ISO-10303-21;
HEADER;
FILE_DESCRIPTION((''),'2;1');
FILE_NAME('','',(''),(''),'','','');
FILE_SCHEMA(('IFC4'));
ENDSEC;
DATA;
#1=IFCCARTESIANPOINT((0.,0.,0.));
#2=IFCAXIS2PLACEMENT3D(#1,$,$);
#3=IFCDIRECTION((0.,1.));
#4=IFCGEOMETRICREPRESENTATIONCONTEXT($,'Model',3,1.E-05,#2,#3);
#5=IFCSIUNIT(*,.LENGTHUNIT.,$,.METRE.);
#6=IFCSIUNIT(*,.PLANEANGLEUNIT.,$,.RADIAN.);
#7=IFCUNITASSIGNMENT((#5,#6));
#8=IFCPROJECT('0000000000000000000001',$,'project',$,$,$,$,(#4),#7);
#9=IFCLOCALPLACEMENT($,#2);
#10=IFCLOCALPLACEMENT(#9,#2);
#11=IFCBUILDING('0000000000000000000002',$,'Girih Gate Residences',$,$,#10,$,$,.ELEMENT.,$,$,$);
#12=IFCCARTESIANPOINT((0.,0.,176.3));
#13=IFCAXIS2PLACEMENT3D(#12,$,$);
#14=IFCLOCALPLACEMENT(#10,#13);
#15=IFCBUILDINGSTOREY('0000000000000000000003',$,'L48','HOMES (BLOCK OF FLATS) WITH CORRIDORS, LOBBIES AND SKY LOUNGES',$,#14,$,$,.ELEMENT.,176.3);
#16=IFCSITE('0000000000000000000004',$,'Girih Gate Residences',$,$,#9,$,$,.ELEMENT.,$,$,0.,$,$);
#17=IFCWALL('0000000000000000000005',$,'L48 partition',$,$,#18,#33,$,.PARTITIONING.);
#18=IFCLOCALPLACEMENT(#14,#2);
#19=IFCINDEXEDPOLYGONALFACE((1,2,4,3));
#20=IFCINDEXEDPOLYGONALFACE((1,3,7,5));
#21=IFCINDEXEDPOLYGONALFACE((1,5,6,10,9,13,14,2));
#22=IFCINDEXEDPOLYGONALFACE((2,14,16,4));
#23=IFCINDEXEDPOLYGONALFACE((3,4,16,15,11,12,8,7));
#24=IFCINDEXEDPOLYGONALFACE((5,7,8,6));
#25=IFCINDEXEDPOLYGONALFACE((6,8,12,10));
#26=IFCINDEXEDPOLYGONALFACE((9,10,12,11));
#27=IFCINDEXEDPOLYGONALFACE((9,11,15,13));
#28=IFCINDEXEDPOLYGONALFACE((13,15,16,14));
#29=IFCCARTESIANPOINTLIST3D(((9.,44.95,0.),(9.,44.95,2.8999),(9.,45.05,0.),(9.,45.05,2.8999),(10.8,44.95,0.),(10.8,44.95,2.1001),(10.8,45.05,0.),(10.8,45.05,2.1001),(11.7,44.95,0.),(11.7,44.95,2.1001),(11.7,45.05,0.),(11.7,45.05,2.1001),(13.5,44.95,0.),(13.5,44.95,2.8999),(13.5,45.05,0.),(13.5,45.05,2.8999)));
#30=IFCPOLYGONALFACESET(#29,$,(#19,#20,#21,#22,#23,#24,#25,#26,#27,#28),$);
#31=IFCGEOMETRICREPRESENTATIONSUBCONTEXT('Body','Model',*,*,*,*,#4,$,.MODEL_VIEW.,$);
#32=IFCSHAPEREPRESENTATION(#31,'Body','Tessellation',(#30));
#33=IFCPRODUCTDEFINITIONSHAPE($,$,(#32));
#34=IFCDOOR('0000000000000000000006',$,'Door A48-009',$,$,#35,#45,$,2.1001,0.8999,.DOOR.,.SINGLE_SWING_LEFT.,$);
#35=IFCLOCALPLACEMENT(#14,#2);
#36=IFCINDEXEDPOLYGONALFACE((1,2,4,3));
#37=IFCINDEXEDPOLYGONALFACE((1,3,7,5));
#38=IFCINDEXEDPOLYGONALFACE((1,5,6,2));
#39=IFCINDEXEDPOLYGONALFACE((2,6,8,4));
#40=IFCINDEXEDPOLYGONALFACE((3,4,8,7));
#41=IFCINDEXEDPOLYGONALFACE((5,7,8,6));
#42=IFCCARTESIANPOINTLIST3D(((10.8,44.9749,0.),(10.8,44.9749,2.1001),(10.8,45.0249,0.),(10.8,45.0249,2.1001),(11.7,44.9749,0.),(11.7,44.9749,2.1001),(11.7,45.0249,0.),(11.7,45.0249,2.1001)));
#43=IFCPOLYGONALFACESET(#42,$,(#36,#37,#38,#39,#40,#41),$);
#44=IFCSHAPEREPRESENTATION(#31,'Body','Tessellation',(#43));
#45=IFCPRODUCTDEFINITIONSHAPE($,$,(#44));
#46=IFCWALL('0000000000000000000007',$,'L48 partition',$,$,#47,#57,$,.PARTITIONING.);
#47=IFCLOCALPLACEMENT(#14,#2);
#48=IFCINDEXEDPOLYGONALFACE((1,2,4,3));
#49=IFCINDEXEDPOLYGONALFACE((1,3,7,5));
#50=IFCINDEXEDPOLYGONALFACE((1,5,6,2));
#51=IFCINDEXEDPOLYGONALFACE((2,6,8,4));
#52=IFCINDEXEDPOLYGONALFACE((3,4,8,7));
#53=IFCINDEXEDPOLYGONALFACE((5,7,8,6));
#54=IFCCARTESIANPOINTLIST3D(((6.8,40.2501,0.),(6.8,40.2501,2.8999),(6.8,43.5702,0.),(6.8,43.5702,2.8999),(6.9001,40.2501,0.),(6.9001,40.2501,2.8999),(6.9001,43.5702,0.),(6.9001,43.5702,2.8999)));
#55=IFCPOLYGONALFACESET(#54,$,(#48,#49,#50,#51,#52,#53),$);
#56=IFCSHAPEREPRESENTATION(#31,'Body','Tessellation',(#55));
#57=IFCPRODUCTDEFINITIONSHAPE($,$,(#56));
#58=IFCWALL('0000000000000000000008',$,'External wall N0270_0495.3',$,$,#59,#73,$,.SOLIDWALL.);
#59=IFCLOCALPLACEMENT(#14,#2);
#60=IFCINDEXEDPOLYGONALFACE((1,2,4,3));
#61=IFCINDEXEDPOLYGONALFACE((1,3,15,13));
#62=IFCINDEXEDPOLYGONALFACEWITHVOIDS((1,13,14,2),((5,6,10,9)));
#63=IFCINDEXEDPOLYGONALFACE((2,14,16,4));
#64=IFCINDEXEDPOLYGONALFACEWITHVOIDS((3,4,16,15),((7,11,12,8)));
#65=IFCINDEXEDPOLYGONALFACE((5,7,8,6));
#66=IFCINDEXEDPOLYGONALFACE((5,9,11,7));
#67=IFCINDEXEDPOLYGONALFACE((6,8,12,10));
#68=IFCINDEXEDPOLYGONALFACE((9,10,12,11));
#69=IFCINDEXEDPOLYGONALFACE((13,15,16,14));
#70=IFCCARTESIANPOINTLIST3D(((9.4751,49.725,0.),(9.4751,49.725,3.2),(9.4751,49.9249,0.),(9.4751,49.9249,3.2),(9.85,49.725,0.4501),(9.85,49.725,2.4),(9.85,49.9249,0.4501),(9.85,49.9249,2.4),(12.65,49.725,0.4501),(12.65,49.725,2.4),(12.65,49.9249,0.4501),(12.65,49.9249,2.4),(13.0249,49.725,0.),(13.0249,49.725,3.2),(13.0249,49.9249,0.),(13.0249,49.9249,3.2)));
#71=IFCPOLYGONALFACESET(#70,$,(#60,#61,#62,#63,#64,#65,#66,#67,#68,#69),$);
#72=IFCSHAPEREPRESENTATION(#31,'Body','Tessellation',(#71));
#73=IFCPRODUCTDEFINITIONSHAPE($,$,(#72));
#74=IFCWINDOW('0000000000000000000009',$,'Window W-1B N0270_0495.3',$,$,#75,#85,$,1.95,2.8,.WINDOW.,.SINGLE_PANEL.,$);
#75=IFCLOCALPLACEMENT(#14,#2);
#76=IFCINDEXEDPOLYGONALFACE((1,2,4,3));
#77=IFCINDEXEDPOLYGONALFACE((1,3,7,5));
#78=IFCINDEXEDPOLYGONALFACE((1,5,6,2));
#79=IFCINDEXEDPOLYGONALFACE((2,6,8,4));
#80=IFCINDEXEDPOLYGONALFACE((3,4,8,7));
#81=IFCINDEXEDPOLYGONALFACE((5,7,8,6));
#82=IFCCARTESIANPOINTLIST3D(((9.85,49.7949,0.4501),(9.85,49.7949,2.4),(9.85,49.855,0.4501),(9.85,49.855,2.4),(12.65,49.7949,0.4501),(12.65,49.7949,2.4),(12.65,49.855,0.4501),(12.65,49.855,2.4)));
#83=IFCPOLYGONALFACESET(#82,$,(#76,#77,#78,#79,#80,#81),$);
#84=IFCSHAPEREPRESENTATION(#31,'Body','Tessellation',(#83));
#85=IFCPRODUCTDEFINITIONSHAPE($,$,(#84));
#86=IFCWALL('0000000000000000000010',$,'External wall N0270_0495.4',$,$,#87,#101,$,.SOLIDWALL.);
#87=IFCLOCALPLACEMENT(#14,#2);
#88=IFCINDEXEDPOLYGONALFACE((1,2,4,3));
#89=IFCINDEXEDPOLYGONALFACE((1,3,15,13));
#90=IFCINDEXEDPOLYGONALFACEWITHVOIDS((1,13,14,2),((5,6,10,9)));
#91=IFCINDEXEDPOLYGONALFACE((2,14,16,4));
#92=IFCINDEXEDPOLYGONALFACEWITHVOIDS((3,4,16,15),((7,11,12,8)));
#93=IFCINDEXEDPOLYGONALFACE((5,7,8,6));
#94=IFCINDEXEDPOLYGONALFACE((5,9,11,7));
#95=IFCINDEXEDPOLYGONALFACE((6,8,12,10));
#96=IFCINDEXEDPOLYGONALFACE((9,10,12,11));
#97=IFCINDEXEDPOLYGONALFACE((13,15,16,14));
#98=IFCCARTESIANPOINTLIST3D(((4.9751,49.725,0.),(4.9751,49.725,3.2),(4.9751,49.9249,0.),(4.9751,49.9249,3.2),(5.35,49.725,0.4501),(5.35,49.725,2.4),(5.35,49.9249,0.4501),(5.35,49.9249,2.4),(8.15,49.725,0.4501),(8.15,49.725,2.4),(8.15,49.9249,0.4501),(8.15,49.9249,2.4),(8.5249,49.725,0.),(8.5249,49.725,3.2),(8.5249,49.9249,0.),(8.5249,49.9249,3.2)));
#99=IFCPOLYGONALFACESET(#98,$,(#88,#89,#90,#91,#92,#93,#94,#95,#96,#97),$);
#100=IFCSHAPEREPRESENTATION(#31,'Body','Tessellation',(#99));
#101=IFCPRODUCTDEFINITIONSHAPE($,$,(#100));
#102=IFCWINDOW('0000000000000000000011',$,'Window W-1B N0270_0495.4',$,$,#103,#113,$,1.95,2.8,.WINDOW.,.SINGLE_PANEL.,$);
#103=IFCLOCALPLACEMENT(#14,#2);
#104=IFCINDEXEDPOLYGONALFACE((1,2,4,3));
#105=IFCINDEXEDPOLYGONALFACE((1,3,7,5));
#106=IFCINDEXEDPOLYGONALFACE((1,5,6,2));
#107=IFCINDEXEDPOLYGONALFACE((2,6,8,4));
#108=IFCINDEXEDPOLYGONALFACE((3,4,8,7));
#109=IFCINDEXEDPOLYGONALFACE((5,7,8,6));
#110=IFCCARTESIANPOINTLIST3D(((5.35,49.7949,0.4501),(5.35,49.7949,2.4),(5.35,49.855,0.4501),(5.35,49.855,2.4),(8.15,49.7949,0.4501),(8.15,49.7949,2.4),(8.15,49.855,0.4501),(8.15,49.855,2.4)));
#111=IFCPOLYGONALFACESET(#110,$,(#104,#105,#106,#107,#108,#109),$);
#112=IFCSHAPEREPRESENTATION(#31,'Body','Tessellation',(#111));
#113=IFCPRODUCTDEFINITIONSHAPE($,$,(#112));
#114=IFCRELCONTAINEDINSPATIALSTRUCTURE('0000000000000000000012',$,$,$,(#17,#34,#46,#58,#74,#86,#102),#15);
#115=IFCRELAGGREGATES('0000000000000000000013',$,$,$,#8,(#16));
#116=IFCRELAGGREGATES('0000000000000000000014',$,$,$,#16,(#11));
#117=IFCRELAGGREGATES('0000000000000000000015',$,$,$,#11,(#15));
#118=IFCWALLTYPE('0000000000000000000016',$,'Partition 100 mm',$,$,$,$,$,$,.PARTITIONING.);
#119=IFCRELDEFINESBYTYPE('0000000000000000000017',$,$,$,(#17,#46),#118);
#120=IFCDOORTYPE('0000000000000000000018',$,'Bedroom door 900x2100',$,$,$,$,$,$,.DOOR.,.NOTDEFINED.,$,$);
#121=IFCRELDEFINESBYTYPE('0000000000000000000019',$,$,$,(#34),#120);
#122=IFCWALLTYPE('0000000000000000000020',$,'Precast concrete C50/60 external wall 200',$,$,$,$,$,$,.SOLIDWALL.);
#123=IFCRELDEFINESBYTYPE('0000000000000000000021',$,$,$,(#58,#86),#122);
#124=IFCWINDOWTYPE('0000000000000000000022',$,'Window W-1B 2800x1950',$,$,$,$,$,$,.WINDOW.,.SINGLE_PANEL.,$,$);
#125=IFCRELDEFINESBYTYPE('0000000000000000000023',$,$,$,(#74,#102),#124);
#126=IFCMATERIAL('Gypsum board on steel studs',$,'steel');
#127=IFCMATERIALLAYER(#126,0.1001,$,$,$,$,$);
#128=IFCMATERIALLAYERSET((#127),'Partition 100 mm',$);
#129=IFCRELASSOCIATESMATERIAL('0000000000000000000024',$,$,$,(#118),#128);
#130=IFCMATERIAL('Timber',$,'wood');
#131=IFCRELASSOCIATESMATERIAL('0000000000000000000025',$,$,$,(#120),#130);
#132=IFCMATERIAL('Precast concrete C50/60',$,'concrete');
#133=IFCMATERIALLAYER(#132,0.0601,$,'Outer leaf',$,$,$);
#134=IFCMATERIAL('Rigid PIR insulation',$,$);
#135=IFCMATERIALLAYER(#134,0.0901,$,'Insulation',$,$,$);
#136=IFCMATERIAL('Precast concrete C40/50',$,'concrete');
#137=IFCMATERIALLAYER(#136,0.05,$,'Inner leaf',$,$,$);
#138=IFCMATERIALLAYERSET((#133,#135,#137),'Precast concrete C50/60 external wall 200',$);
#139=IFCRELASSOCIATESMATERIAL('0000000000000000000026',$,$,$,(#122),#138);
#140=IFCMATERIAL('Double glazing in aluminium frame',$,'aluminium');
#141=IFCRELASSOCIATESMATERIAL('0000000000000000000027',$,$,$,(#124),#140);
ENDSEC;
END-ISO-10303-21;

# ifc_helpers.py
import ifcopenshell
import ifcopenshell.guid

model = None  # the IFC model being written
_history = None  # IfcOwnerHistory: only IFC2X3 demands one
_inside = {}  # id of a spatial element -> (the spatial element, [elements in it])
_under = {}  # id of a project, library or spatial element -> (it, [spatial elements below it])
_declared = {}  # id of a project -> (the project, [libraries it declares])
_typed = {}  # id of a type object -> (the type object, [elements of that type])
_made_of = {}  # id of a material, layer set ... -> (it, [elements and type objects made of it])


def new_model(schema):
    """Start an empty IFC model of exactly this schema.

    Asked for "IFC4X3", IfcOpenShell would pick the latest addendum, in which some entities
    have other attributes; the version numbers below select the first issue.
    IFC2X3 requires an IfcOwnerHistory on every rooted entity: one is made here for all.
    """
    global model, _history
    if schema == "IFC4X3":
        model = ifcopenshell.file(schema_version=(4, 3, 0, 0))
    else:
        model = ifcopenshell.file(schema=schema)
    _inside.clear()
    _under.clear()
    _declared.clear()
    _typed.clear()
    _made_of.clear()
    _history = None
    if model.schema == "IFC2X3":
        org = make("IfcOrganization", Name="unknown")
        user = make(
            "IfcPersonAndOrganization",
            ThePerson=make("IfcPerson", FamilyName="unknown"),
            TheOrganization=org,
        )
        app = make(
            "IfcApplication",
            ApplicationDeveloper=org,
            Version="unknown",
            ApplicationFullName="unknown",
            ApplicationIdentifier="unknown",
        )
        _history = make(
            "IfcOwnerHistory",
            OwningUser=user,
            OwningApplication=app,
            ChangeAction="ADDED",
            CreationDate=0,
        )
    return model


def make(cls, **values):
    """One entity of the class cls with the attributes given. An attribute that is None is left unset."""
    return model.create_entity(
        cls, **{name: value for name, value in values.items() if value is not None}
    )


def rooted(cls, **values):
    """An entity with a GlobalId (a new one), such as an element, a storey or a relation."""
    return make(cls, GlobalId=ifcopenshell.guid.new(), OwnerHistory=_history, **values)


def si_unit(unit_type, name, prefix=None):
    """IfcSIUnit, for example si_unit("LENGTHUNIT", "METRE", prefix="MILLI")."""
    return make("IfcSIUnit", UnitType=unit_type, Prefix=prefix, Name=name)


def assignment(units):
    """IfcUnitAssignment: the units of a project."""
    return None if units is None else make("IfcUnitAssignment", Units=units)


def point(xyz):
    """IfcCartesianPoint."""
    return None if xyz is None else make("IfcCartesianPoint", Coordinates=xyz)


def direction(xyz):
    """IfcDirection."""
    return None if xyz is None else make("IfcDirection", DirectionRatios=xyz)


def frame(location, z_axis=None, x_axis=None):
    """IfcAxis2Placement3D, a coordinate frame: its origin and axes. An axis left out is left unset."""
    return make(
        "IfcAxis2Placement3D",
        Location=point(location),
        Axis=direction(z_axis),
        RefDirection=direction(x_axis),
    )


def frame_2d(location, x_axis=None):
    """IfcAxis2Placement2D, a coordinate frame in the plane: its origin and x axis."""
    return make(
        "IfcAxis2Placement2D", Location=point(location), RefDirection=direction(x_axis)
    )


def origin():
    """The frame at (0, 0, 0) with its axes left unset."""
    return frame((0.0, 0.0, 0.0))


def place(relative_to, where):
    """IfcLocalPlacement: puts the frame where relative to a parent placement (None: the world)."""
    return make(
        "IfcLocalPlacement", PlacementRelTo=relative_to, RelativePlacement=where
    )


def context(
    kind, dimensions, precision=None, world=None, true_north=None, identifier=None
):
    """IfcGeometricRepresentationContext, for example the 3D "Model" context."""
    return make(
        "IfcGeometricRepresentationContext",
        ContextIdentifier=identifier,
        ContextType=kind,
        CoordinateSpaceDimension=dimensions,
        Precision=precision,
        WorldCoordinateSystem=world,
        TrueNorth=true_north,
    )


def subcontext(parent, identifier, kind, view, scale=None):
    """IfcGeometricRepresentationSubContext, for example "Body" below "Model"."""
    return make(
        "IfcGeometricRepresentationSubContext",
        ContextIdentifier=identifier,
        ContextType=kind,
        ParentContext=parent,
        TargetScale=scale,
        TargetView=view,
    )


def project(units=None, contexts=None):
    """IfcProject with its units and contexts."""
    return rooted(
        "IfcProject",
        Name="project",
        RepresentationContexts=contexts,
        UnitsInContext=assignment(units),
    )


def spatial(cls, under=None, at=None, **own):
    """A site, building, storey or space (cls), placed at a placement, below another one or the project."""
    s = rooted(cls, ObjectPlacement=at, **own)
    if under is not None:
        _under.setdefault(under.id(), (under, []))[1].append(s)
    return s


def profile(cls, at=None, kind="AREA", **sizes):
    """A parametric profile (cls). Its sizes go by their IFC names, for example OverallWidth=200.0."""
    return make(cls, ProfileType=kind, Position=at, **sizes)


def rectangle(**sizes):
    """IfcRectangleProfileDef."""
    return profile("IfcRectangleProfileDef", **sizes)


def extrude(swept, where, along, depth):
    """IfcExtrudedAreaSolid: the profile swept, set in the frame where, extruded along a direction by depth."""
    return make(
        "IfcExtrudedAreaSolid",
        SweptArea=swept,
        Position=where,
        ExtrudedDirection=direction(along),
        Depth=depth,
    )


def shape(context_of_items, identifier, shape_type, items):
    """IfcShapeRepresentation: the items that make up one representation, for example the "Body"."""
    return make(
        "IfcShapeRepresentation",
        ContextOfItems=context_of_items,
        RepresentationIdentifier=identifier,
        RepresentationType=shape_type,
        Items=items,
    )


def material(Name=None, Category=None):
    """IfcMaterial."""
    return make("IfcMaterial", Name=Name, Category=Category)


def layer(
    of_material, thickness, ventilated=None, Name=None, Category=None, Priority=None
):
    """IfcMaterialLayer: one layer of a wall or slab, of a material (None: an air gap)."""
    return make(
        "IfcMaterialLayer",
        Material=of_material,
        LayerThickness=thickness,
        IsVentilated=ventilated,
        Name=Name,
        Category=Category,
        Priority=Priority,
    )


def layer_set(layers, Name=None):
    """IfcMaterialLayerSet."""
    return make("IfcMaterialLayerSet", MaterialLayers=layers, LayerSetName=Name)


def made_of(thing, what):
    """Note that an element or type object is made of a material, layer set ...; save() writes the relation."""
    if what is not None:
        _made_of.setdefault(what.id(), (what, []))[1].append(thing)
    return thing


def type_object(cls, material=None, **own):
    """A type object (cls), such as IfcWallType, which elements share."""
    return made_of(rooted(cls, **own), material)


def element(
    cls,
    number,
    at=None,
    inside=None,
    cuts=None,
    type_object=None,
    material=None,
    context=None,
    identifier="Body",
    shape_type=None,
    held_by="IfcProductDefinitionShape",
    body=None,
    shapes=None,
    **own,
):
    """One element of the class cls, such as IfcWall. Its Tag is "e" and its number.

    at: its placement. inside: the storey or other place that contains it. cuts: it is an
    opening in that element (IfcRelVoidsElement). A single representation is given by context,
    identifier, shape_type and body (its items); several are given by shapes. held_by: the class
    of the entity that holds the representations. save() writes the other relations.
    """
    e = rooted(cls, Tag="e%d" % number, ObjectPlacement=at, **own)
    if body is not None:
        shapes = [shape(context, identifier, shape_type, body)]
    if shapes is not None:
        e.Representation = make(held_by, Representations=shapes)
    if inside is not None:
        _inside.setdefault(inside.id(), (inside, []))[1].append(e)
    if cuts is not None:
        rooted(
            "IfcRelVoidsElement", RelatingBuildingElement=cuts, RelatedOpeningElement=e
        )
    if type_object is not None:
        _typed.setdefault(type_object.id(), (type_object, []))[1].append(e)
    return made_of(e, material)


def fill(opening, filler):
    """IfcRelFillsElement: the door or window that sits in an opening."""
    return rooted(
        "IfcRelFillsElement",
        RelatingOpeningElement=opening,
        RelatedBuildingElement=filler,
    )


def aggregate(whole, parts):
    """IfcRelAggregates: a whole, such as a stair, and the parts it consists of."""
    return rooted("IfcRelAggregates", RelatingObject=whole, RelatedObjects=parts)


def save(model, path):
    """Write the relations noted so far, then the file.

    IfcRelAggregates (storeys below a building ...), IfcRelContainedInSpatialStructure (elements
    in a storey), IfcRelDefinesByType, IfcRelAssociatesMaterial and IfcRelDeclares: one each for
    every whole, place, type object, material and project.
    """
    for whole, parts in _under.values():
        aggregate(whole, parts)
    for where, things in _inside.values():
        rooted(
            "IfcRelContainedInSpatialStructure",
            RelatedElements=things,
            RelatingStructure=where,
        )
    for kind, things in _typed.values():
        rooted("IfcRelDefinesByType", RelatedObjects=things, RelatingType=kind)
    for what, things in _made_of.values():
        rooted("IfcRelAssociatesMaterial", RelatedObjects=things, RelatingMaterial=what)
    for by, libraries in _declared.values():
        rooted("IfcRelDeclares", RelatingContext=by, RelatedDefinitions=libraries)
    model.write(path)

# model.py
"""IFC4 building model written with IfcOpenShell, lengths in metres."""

from ifc_helpers import new_model, si_unit, direction, frame, frame_2d, origin, place, context, subcontext, project, spatial, rectangle, extrude, material, layer, layer_set, type_object, element, fill, save


model = new_model("IFC4")

# Units and contexts
model_context = context("Model", 3, precision=1e-05, world=origin(), true_north=direction((0.0, 1.0)))
body_context = subcontext(model_context, "Body", "Model", "MODEL_VIEW")
ifc_project = project(units=[si_unit("LENGTHUNIT", "METRE"), si_unit("PLANEANGLEUNIT", "RADIAN")], contexts=[model_context])

# Site, building, storey
site_placement = place(None, origin())
site = spatial("IfcSite", under=ifc_project, at=site_placement, Name="Girih Gate Residences", CompositionType="ELEMENT", RefElevation=0.0)
building_placement = place(site_placement, origin())
building = spatial("IfcBuilding", under=site, at=building_placement, Name="Girih Gate Residences", CompositionType="ELEMENT")
storey_placement = place(building_placement, frame((0.0, 0.0, 176.3)))
storey = spatial("IfcBuildingStorey", under=building, at=storey_placement, Name="L48", Description="HOMES (BLOCK OF FLATS) WITH CORRIDORS, LOBBIES AND SKY LOUNGES", CompositionType="ELEMENT", Elevation=176.3)

# Shared definitions
ifc_material_1 = material(Name="Gypsum board on steel studs", Category="steel")
ifc_material_2 = material(Name="Timber", Category="wood")

# Shared definitions
ifc_layer_1 = layer(ifc_material_1, 0.1001)
ifc_layer_set_1 = layer_set([ifc_layer_1], Name="Partition 100 mm")
wall_type_1 = type_object("IfcWallType", Name="Partition 100 mm", PredefinedType="PARTITIONING", material=ifc_layer_set_1)

# Shared definitions
door_type_1 = type_object("IfcDoorType", Name="Bedroom door 900x2100", OperationType="NOTDEFINED", PredefinedType="DOOR", material=ifc_material_2)

# Wall, opening, door
wall_1_placement = place(storey_placement, frame((9.0, 45.0, 0.0), z_axis=(0.0, 0.0, 1.0), x_axis=(1.0, 0.0, 0.0)))
wall_1 = element("IfcWall", 1, at=wall_1_placement, inside=storey, type_object=wall_type_1, Name="L48 partition", PredefinedType="PARTITIONING", context=body_context, shape_type="SweptSolid", body=[
    extrude(rectangle(XDim=4.5, YDim=0.1001, at=frame_2d((2.25, 0.0))), origin(), (0.0, 0.0, 1.0), 2.8999),
])
opening_1_placement = place(wall_1_placement, frame((1.8, 0.0, 0.0)))
opening_1 = element("IfcOpeningElement", 2, at=opening_1_placement, cuts=wall_1, PredefinedType="OPENING", context=body_context, shape_type="SweptSolid", body=[
    extrude(rectangle(XDim=0.8999, YDim=2.1001, at=frame_2d((0.45, 1.05))), frame((0.0, 0.0601, 0.0), z_axis=(0.0, -1.0, 0.0), x_axis=(1.0, 0.0, 0.0)), (0.0, 0.0, 1.0), 0.1201),
])
door_1_placement = place(opening_1_placement, origin())
door_1 = element("IfcDoor", 3, at=door_1_placement, inside=storey, type_object=door_type_1, Name="Door A48-009", OperationType="SINGLE_SWING_LEFT", OverallHeight=2.1001, OverallWidth=0.8999, PredefinedType="DOOR", context=body_context, shape_type="SweptSolid", body=[
    extrude(rectangle(XDim=0.8999, YDim=2.1001, at=frame_2d((0.45, 1.05))), frame((0.0, 0.0249, 0.0), z_axis=(0.0, -1.0, 0.0), x_axis=(1.0, 0.0, 0.0)), (0.0, 0.0, 1.0), 0.05),
])
fill(opening_1, door_1)

# Wall
wall_2_placement = place(storey_placement, frame((6.8501, 40.25, 0.0), z_axis=(0.0, 0.0, 1.0), x_axis=(0.0, 1.0, 0.0)))
element("IfcWall", 4, at=wall_2_placement, inside=storey, type_object=wall_type_1, Name="L48 partition", PredefinedType="PARTITIONING", context=body_context, shape_type="SweptSolid", body=[
    extrude(rectangle(XDim=3.3201, YDim=0.1001, at=frame_2d((1.6602, 0.0))), origin(), (0.0, 0.0, 1.0), 2.8999),
])

# Walls, openings, windows
ifc_material_3 = material(Name="Precast concrete C50/60", Category="concrete")
ifc_layer_2 = layer(ifc_material_3, 0.0601, Name="Outer leaf")
ifc_material_4 = material(Name="Rigid PIR insulation")
ifc_layer_3 = layer(ifc_material_4, 0.0901, Name="Insulation")
ifc_material_5 = material(Name="Precast concrete C40/50", Category="concrete")
ifc_layer_4 = layer(ifc_material_5, 0.05, Name="Inner leaf")
ifc_layer_set_2 = layer_set([ifc_layer_2, ifc_layer_3, ifc_layer_4], Name="Precast concrete C50/60 external wall 200")
wall_type_2 = type_object("IfcWallType", Name="Precast concrete C50/60 external wall 200", PredefinedType="SOLIDWALL", material=ifc_layer_set_2)
wall_3_placement = place(storey_placement, frame((9.4751, 49.825, 0.0), z_axis=(0.0, 0.0, 1.0), x_axis=(1.0, 0.0, 0.0)))
wall_3 = element("IfcWall", 5, at=wall_3_placement, inside=storey, type_object=wall_type_2, Name="External wall N0270_0495.3", PredefinedType="SOLIDWALL", context=body_context, shape_type="SweptSolid", body=[
    extrude(rectangle(XDim=3.5498, YDim=0.2, at=frame_2d((1.7749, 0.0))), origin(), (0.0, 0.0, 1.0), 3.2),
])
opening_2_placement = place(wall_3_placement, frame((0.375, 0.0, 0.45)))
opening_2 = element("IfcOpeningElement", 6, at=opening_2_placement, cuts=wall_3, PredefinedType="OPENING", context=body_context, shape_type="SweptSolid", body=[
    extrude(rectangle(XDim=2.8, YDim=1.95, at=frame_2d((1.3999, 0.9751))), frame((0.0, 0.1099, 0.0), z_axis=(0.0, -1.0, 0.0), x_axis=(1.0, 0.0, 0.0)), (0.0, 0.0, 1.0), 0.22),
])
ifc_material_6 = material(Name="Double glazing in aluminium frame", Category="aluminium")
window_type = type_object("IfcWindowType", Name="Window W-1B 2800x1950", PartitioningType="SINGLE_PANEL", PredefinedType="WINDOW", material=ifc_material_6)
window_1_placement = place(opening_2_placement, origin())
window_1 = element("IfcWindow", 7, at=window_1_placement, inside=storey, type_object=window_type, Name="Window W-1B N0270_0495.3", OverallHeight=1.95, OverallWidth=2.8, PartitioningType="SINGLE_PANEL", PredefinedType="WINDOW", context=body_context, shape_type="SweptSolid", body=[
    extrude(rectangle(XDim=2.8, YDim=1.95, at=frame_2d((1.3999, 0.9751))), frame((0.0, 0.03, 0.0), z_axis=(0.0, -1.0, 0.0), x_axis=(1.0, 0.0, 0.0)), (0.0, 0.0, 1.0), 0.0601),
])
fill(opening_2, window_1)
wall_4_placement = place(storey_placement, frame((4.9751, 49.825, 0.0), z_axis=(0.0, 0.0, 1.0), x_axis=(1.0, 0.0, 0.0)))
wall_4 = element("IfcWall", 8, at=wall_4_placement, inside=storey, type_object=wall_type_2, Name="External wall N0270_0495.4", PredefinedType="SOLIDWALL", context=body_context, shape_type="SweptSolid", body=[
    extrude(rectangle(XDim=3.5498, YDim=0.2, at=frame_2d((1.7749, 0.0))), origin(), (0.0, 0.0, 1.0), 3.2),
])
opening_3_placement = place(wall_4_placement, frame((0.375, 0.0, 0.45)))
opening_3 = element("IfcOpeningElement", 9, at=opening_3_placement, cuts=wall_4, PredefinedType="OPENING", context=body_context, shape_type="SweptSolid", body=[
    extrude(rectangle(XDim=2.8, YDim=1.95, at=frame_2d((1.3999, 0.9751))), frame((0.0, 0.1099, 0.0), z_axis=(0.0, -1.0, 0.0), x_axis=(1.0, 0.0, 0.0)), (0.0, 0.0, 1.0), 0.22),
])
window_2_placement = place(opening_3_placement, origin())
window_2 = element("IfcWindow", 10, at=window_2_placement, inside=storey, type_object=window_type, Name="Window W-1B N0270_0495.4", OverallHeight=1.95, OverallWidth=2.8, PartitioningType="SINGLE_PANEL", PredefinedType="WINDOW", context=body_context, shape_type="SweptSolid", body=[
    extrude(rectangle(XDim=2.8, YDim=1.95, at=frame_2d((1.3999, 0.9751))), frame((0.0, 0.03, 0.0), z_axis=(0.0, -1.0, 0.0), x_axis=(1.0, 0.0, 0.0)), (0.0, 0.0, 1.0), 0.0601),
])
fill(opening_3, window_2)

save(model, "model.ifc")
